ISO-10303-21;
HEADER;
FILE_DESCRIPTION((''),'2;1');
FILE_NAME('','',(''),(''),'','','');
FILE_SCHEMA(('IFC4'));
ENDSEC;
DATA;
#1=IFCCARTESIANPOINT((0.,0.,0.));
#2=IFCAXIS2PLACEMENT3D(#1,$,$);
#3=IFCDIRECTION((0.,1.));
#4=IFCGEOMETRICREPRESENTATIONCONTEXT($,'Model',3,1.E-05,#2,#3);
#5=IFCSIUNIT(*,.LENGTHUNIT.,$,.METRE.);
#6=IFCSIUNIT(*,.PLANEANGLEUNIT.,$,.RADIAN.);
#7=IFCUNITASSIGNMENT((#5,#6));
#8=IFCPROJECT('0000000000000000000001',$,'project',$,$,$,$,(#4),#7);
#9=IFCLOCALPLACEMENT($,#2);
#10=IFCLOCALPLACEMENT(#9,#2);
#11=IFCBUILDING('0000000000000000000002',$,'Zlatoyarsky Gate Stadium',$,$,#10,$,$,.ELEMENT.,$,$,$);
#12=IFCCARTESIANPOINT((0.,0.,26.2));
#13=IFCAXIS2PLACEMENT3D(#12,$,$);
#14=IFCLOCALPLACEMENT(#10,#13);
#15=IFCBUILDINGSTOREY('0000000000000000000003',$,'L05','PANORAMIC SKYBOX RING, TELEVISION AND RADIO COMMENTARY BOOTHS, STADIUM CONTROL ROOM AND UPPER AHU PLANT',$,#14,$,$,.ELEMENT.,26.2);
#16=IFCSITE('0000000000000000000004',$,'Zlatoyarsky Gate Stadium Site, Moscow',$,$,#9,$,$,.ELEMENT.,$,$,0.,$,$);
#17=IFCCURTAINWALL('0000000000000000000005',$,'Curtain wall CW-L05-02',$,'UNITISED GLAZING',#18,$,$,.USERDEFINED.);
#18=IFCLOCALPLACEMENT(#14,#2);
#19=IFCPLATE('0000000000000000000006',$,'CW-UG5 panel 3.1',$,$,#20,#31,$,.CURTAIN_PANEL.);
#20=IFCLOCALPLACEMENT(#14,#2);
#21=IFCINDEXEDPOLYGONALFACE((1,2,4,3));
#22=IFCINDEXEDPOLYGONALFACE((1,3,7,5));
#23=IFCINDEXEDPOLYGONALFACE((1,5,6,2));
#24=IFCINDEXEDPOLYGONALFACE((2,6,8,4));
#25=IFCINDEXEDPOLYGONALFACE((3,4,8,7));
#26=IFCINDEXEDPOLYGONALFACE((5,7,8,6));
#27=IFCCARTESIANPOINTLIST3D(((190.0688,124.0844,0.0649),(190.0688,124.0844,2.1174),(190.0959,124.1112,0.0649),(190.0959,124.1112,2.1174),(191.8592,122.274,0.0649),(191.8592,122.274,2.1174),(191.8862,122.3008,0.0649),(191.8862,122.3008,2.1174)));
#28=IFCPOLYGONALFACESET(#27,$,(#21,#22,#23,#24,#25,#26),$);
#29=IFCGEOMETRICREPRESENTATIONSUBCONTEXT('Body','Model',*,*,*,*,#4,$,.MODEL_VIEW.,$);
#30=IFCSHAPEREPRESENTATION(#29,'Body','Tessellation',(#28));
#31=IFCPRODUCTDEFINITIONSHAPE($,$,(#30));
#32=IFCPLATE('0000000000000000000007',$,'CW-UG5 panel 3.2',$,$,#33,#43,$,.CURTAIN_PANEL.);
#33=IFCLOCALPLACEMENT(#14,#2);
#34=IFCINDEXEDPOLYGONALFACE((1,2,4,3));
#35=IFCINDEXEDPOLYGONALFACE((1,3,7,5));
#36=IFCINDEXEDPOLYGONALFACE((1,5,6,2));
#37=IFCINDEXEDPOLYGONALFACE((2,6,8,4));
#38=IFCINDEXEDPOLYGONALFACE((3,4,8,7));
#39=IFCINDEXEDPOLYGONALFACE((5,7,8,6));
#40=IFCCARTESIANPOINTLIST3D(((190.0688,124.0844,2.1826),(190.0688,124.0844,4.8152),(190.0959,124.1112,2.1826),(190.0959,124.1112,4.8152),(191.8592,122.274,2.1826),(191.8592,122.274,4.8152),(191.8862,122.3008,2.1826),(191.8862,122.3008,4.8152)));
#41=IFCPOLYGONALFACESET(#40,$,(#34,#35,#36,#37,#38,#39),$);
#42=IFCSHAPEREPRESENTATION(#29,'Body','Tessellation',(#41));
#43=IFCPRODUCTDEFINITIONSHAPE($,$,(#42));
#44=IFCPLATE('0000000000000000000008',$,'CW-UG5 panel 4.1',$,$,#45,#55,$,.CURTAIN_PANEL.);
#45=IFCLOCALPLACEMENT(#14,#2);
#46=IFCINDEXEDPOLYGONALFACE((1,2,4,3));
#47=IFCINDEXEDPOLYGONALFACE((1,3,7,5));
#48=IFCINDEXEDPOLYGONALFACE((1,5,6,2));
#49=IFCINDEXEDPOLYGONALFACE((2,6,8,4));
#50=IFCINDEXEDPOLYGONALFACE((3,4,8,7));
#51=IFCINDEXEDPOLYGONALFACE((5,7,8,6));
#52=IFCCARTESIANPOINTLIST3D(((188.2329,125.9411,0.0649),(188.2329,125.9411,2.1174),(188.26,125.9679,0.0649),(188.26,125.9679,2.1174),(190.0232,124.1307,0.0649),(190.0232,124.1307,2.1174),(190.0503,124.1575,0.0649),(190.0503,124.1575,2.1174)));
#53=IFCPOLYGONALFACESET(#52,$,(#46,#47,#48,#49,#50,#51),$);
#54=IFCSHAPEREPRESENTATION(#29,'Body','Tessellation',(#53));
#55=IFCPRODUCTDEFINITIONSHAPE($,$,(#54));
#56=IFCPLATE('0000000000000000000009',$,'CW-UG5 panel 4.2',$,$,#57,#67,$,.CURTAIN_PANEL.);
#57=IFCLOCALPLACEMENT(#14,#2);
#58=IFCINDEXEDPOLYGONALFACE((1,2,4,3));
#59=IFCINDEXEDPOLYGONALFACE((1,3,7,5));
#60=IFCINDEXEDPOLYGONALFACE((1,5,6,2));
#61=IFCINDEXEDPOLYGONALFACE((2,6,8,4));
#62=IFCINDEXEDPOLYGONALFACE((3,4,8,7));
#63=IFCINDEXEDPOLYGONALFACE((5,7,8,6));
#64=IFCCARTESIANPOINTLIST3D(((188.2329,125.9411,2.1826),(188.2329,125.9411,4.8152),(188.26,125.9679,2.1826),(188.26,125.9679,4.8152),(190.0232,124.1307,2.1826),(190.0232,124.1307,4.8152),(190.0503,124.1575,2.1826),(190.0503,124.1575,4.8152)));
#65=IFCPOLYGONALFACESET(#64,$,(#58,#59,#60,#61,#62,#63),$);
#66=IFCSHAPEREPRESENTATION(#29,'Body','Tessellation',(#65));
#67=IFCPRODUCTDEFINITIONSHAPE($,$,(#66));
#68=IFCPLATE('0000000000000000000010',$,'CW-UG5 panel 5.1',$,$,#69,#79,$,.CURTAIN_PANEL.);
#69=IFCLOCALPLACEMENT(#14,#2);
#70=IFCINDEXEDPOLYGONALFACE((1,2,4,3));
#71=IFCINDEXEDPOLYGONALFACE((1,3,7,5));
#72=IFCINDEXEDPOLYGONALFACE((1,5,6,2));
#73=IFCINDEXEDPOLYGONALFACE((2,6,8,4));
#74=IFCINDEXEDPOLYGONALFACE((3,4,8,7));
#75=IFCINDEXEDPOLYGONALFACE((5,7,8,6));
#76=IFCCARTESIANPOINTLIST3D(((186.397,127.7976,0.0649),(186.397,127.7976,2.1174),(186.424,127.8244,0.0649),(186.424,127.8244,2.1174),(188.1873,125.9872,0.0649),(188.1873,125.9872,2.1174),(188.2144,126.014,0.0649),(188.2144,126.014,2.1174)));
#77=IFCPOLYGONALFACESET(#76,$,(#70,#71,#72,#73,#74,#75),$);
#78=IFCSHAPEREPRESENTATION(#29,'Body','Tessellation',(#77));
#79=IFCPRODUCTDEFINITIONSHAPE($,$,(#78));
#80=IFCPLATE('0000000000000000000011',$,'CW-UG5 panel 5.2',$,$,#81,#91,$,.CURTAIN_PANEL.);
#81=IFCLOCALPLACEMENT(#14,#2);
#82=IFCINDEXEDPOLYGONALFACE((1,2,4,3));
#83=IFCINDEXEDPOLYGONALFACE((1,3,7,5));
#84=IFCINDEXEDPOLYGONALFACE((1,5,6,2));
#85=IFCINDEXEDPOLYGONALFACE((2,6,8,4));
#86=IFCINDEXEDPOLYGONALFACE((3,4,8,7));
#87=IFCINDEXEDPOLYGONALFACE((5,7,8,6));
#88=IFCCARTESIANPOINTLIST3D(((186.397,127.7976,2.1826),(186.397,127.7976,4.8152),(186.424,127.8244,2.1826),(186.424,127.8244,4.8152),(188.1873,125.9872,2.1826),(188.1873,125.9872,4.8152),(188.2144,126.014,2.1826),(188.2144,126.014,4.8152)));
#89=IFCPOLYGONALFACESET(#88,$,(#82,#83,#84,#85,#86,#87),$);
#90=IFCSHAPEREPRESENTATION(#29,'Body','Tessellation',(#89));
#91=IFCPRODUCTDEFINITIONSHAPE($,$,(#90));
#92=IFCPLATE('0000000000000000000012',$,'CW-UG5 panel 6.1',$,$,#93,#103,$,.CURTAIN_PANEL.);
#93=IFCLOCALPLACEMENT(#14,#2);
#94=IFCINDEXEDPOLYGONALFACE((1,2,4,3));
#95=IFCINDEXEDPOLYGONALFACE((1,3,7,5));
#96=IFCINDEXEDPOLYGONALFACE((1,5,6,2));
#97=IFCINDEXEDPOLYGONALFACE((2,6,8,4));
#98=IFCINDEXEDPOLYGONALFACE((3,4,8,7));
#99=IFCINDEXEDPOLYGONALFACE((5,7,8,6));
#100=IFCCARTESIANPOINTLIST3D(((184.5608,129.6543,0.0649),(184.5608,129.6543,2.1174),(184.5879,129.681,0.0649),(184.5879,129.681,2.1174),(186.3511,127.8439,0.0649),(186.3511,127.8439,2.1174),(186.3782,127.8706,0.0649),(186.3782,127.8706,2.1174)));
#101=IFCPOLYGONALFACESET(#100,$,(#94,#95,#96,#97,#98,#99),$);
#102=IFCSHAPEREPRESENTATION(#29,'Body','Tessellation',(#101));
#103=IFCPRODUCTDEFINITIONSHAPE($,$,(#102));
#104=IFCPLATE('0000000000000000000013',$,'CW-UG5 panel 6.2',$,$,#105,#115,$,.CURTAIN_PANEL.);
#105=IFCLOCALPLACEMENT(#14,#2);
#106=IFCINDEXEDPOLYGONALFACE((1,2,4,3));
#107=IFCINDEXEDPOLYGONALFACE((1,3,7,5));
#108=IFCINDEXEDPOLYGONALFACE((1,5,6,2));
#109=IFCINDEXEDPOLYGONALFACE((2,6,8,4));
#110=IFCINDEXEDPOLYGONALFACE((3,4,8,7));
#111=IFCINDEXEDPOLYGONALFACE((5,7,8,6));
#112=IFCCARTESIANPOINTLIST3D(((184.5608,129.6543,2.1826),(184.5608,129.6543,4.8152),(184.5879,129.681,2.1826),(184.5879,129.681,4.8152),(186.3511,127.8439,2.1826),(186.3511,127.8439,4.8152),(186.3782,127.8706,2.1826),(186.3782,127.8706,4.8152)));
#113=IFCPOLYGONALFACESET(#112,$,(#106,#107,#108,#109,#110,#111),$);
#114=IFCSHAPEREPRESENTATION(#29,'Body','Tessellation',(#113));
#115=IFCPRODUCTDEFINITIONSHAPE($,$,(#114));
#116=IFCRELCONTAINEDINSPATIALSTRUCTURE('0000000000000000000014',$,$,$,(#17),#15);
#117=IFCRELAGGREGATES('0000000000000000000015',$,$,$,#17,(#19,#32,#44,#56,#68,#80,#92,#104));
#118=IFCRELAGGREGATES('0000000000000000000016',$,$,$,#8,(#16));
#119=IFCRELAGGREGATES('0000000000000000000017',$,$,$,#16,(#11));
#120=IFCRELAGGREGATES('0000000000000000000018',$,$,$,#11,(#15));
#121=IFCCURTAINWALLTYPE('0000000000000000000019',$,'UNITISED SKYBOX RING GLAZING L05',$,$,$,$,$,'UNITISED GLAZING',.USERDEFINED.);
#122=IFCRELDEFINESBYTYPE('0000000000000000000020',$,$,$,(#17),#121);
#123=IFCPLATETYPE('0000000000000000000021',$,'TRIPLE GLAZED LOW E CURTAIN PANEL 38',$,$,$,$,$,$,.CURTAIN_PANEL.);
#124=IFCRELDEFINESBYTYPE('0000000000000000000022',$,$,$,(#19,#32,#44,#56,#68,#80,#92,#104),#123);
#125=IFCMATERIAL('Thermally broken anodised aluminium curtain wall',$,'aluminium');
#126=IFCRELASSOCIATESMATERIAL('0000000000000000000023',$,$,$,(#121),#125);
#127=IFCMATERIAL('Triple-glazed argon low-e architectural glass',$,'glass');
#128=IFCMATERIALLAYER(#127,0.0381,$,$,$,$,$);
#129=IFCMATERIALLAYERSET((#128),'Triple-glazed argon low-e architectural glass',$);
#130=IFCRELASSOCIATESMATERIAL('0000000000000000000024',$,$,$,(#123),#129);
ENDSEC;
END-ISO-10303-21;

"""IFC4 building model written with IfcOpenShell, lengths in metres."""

from ifc_helpers import new_model, si_unit, direction, frame, origin, origin_2d, place, context, subcontext, project, spatial, rectangle, extrude, material, layer, layer_set, type_object, element, aggregate, save


model = new_model("IFC4")

# Units and contexts
model_context = context("Model", 3, precision=1e-05, world=origin(), true_north=direction((0.0, 1.0)))
body_context = subcontext(model_context, "Body", "Model", "MODEL_VIEW")
ifc_project = project(units=[si_unit("LENGTHUNIT", "METRE"), si_unit("PLANEANGLEUNIT", "RADIAN")], contexts=[model_context])

# Site, building, storey
site_placement = place(None, origin())
site = spatial("IfcSite", under=ifc_project, at=site_placement, Name="Zlatoyarsky Gate Stadium Site, Moscow", CompositionType="ELEMENT", RefElevation=0.0)
building_placement = place(site_placement, origin())
building = spatial("IfcBuilding", under=site, at=building_placement, Name="Zlatoyarsky Gate Stadium", CompositionType="ELEMENT")
storey_placement = place(building_placement, frame((0.0, 0.0, 26.2)))
storey = spatial("IfcBuildingStorey", under=building, at=storey_placement, Name="L05", Description="PANORAMIC SKYBOX RING, TELEVISION AND RADIO COMMENTARY BOOTHS, STADIUM CONTROL ROOM AND UPPER AHU PLANT", CompositionType="ELEMENT", Elevation=26.2)

# Curtain wall
ifc_material_1 = material(Name="Thermally broken anodised aluminium curtain wall", Category="aluminium")
curtain_wall_type = type_object("IfcCurtainWallType", Name="UNITISED SKYBOX RING GLAZING L05", ElementType="UNITISED GLAZING", PredefinedType="USERDEFINED", material=ifc_material_1)
curtain_wall_placement = place(storey_placement, origin())
curtain_wall = element("IfcCurtainWall", 1, at=curtain_wall_placement, inside=storey, type_object=curtain_wall_type, Name="Curtain wall CW-L05-02", ObjectType="UNITISED GLAZING", PredefinedType="USERDEFINED")

# Plates
ifc_material_2 = material(Name="Triple-glazed argon low-e architectural glass", Category="glass")
ifc_layer_1 = layer(ifc_material_2, 0.0381)
ifc_layer_set_1 = layer_set([ifc_layer_1], Name="Triple-glazed argon low-e architectural glass")
plate_type_1 = type_object("IfcPlateType", Name="TRIPLE GLAZED LOW E CURTAIN PANEL 38", PredefinedType="CURTAIN_PANEL", material=ifc_layer_set_1)
plate_1_placement = place(storey_placement, frame((190.9775, 123.1926, 0.0649), z_axis=(0.0, 0.0, 1.0), x_axis=(-0.703156, 0.711036, 0.0)))
plate_1 = element("IfcPlate", 2, at=plate_1_placement, type_object=plate_type_1, Name="CW-UG5 panel 3.1", PredefinedType="CURTAIN_PANEL", context=body_context, shape_type="SweptSolid", body=[
    extrude(rectangle(XDim=2.5461, YDim=0.0381, at=origin_2d()), origin(), (0.0, 0.0, 1.0), 2.0525),
])
plate_2_placement = place(storey_placement, frame((190.9775, 123.1926, 2.1826), z_axis=(0.0, 0.0, 1.0), x_axis=(-0.703156, 0.711036, 0.0)))
plate_2 = element("IfcPlate", 3, at=plate_2_placement, type_object=plate_type_1, Name="CW-UG5 panel 3.2", PredefinedType="CURTAIN_PANEL", context=body_context, shape_type="SweptSolid", body=[
    extrude(rectangle(XDim=2.5461, YDim=0.0381, at=origin_2d()), origin(), (0.0, 0.0, 1.0), 2.6326),
])
plate_3_placement = place(storey_placement, frame((189.1416, 125.0493, 0.0649), z_axis=(0.0, 0.0, 1.0), x_axis=(-0.703156, 0.711036, 0.0)))
plate_3 = element("IfcPlate", 4, at=plate_3_placement, type_object=plate_type_1, Name="CW-UG5 panel 4.1", PredefinedType="CURTAIN_PANEL", context=body_context, shape_type="SweptSolid", body=[
    extrude(rectangle(XDim=2.5461, YDim=0.0381, at=origin_2d()), origin(), (0.0, 0.0, 1.0), 2.0525),
])
plate_4_placement = place(storey_placement, frame((189.1416, 125.0493, 2.1826), z_axis=(0.0, 0.0, 1.0), x_axis=(-0.703156, 0.711036, 0.0)))
plate_4 = element("IfcPlate", 5, at=plate_4_placement, type_object=plate_type_1, Name="CW-UG5 panel 4.2", PredefinedType="CURTAIN_PANEL", context=body_context, shape_type="SweptSolid", body=[
    extrude(rectangle(XDim=2.5461, YDim=0.0381, at=origin_2d()), origin(), (0.0, 0.0, 1.0), 2.6326),
])
plate_5_placement = place(storey_placement, frame((187.3057, 126.9058, 0.0649), z_axis=(0.0, 0.0, 1.0), x_axis=(-0.703156, 0.711036, 0.0)))
plate_5 = element("IfcPlate", 6, at=plate_5_placement, type_object=plate_type_1, Name="CW-UG5 panel 5.1", PredefinedType="CURTAIN_PANEL", context=body_context, shape_type="SweptSolid", body=[
    extrude(rectangle(XDim=2.5461, YDim=0.0381, at=origin_2d()), origin(), (0.0, 0.0, 1.0), 2.0525),
])
plate_6_placement = place(storey_placement, frame((187.3057, 126.9058, 2.1826), z_axis=(0.0, 0.0, 1.0), x_axis=(-0.703156, 0.711036, 0.0)))
plate_6 = element("IfcPlate", 7, at=plate_6_placement, type_object=plate_type_1, Name="CW-UG5 panel 5.2", PredefinedType="CURTAIN_PANEL", context=body_context, shape_type="SweptSolid", body=[
    extrude(rectangle(XDim=2.5461, YDim=0.0381, at=origin_2d()), origin(), (0.0, 0.0, 1.0), 2.6326),
])
plate_7_placement = place(storey_placement, frame((185.4695, 128.7625, 0.0649), z_axis=(0.0, 0.0, 1.0), x_axis=(-0.703156, 0.711036, 0.0)))
plate_7 = element("IfcPlate", 8, at=plate_7_placement, type_object=plate_type_1, Name="CW-UG5 panel 6.1", PredefinedType="CURTAIN_PANEL", context=body_context, shape_type="SweptSolid", body=[
    extrude(rectangle(XDim=2.5461, YDim=0.0381, at=origin_2d()), origin(), (0.0, 0.0, 1.0), 2.0525),
])
plate_8_placement = place(storey_placement, frame((185.4695, 128.7625, 2.1826), z_axis=(0.0, 0.0, 1.0), x_axis=(-0.703156, 0.711036, 0.0)))
plate_8 = element("IfcPlate", 9, at=plate_8_placement, type_object=plate_type_1, Name="CW-UG5 panel 6.2", PredefinedType="CURTAIN_PANEL", context=body_context, shape_type="SweptSolid", body=[
    extrude(rectangle(XDim=2.5461, YDim=0.0381, at=origin_2d()), origin(), (0.0, 0.0, 1.0), 2.6326),
])
aggregate(curtain_wall, [plate_1, plate_2, plate_3, plate_4, plate_5, plate_6, plate_7, plate_8])

save(model, "model.ifc")
